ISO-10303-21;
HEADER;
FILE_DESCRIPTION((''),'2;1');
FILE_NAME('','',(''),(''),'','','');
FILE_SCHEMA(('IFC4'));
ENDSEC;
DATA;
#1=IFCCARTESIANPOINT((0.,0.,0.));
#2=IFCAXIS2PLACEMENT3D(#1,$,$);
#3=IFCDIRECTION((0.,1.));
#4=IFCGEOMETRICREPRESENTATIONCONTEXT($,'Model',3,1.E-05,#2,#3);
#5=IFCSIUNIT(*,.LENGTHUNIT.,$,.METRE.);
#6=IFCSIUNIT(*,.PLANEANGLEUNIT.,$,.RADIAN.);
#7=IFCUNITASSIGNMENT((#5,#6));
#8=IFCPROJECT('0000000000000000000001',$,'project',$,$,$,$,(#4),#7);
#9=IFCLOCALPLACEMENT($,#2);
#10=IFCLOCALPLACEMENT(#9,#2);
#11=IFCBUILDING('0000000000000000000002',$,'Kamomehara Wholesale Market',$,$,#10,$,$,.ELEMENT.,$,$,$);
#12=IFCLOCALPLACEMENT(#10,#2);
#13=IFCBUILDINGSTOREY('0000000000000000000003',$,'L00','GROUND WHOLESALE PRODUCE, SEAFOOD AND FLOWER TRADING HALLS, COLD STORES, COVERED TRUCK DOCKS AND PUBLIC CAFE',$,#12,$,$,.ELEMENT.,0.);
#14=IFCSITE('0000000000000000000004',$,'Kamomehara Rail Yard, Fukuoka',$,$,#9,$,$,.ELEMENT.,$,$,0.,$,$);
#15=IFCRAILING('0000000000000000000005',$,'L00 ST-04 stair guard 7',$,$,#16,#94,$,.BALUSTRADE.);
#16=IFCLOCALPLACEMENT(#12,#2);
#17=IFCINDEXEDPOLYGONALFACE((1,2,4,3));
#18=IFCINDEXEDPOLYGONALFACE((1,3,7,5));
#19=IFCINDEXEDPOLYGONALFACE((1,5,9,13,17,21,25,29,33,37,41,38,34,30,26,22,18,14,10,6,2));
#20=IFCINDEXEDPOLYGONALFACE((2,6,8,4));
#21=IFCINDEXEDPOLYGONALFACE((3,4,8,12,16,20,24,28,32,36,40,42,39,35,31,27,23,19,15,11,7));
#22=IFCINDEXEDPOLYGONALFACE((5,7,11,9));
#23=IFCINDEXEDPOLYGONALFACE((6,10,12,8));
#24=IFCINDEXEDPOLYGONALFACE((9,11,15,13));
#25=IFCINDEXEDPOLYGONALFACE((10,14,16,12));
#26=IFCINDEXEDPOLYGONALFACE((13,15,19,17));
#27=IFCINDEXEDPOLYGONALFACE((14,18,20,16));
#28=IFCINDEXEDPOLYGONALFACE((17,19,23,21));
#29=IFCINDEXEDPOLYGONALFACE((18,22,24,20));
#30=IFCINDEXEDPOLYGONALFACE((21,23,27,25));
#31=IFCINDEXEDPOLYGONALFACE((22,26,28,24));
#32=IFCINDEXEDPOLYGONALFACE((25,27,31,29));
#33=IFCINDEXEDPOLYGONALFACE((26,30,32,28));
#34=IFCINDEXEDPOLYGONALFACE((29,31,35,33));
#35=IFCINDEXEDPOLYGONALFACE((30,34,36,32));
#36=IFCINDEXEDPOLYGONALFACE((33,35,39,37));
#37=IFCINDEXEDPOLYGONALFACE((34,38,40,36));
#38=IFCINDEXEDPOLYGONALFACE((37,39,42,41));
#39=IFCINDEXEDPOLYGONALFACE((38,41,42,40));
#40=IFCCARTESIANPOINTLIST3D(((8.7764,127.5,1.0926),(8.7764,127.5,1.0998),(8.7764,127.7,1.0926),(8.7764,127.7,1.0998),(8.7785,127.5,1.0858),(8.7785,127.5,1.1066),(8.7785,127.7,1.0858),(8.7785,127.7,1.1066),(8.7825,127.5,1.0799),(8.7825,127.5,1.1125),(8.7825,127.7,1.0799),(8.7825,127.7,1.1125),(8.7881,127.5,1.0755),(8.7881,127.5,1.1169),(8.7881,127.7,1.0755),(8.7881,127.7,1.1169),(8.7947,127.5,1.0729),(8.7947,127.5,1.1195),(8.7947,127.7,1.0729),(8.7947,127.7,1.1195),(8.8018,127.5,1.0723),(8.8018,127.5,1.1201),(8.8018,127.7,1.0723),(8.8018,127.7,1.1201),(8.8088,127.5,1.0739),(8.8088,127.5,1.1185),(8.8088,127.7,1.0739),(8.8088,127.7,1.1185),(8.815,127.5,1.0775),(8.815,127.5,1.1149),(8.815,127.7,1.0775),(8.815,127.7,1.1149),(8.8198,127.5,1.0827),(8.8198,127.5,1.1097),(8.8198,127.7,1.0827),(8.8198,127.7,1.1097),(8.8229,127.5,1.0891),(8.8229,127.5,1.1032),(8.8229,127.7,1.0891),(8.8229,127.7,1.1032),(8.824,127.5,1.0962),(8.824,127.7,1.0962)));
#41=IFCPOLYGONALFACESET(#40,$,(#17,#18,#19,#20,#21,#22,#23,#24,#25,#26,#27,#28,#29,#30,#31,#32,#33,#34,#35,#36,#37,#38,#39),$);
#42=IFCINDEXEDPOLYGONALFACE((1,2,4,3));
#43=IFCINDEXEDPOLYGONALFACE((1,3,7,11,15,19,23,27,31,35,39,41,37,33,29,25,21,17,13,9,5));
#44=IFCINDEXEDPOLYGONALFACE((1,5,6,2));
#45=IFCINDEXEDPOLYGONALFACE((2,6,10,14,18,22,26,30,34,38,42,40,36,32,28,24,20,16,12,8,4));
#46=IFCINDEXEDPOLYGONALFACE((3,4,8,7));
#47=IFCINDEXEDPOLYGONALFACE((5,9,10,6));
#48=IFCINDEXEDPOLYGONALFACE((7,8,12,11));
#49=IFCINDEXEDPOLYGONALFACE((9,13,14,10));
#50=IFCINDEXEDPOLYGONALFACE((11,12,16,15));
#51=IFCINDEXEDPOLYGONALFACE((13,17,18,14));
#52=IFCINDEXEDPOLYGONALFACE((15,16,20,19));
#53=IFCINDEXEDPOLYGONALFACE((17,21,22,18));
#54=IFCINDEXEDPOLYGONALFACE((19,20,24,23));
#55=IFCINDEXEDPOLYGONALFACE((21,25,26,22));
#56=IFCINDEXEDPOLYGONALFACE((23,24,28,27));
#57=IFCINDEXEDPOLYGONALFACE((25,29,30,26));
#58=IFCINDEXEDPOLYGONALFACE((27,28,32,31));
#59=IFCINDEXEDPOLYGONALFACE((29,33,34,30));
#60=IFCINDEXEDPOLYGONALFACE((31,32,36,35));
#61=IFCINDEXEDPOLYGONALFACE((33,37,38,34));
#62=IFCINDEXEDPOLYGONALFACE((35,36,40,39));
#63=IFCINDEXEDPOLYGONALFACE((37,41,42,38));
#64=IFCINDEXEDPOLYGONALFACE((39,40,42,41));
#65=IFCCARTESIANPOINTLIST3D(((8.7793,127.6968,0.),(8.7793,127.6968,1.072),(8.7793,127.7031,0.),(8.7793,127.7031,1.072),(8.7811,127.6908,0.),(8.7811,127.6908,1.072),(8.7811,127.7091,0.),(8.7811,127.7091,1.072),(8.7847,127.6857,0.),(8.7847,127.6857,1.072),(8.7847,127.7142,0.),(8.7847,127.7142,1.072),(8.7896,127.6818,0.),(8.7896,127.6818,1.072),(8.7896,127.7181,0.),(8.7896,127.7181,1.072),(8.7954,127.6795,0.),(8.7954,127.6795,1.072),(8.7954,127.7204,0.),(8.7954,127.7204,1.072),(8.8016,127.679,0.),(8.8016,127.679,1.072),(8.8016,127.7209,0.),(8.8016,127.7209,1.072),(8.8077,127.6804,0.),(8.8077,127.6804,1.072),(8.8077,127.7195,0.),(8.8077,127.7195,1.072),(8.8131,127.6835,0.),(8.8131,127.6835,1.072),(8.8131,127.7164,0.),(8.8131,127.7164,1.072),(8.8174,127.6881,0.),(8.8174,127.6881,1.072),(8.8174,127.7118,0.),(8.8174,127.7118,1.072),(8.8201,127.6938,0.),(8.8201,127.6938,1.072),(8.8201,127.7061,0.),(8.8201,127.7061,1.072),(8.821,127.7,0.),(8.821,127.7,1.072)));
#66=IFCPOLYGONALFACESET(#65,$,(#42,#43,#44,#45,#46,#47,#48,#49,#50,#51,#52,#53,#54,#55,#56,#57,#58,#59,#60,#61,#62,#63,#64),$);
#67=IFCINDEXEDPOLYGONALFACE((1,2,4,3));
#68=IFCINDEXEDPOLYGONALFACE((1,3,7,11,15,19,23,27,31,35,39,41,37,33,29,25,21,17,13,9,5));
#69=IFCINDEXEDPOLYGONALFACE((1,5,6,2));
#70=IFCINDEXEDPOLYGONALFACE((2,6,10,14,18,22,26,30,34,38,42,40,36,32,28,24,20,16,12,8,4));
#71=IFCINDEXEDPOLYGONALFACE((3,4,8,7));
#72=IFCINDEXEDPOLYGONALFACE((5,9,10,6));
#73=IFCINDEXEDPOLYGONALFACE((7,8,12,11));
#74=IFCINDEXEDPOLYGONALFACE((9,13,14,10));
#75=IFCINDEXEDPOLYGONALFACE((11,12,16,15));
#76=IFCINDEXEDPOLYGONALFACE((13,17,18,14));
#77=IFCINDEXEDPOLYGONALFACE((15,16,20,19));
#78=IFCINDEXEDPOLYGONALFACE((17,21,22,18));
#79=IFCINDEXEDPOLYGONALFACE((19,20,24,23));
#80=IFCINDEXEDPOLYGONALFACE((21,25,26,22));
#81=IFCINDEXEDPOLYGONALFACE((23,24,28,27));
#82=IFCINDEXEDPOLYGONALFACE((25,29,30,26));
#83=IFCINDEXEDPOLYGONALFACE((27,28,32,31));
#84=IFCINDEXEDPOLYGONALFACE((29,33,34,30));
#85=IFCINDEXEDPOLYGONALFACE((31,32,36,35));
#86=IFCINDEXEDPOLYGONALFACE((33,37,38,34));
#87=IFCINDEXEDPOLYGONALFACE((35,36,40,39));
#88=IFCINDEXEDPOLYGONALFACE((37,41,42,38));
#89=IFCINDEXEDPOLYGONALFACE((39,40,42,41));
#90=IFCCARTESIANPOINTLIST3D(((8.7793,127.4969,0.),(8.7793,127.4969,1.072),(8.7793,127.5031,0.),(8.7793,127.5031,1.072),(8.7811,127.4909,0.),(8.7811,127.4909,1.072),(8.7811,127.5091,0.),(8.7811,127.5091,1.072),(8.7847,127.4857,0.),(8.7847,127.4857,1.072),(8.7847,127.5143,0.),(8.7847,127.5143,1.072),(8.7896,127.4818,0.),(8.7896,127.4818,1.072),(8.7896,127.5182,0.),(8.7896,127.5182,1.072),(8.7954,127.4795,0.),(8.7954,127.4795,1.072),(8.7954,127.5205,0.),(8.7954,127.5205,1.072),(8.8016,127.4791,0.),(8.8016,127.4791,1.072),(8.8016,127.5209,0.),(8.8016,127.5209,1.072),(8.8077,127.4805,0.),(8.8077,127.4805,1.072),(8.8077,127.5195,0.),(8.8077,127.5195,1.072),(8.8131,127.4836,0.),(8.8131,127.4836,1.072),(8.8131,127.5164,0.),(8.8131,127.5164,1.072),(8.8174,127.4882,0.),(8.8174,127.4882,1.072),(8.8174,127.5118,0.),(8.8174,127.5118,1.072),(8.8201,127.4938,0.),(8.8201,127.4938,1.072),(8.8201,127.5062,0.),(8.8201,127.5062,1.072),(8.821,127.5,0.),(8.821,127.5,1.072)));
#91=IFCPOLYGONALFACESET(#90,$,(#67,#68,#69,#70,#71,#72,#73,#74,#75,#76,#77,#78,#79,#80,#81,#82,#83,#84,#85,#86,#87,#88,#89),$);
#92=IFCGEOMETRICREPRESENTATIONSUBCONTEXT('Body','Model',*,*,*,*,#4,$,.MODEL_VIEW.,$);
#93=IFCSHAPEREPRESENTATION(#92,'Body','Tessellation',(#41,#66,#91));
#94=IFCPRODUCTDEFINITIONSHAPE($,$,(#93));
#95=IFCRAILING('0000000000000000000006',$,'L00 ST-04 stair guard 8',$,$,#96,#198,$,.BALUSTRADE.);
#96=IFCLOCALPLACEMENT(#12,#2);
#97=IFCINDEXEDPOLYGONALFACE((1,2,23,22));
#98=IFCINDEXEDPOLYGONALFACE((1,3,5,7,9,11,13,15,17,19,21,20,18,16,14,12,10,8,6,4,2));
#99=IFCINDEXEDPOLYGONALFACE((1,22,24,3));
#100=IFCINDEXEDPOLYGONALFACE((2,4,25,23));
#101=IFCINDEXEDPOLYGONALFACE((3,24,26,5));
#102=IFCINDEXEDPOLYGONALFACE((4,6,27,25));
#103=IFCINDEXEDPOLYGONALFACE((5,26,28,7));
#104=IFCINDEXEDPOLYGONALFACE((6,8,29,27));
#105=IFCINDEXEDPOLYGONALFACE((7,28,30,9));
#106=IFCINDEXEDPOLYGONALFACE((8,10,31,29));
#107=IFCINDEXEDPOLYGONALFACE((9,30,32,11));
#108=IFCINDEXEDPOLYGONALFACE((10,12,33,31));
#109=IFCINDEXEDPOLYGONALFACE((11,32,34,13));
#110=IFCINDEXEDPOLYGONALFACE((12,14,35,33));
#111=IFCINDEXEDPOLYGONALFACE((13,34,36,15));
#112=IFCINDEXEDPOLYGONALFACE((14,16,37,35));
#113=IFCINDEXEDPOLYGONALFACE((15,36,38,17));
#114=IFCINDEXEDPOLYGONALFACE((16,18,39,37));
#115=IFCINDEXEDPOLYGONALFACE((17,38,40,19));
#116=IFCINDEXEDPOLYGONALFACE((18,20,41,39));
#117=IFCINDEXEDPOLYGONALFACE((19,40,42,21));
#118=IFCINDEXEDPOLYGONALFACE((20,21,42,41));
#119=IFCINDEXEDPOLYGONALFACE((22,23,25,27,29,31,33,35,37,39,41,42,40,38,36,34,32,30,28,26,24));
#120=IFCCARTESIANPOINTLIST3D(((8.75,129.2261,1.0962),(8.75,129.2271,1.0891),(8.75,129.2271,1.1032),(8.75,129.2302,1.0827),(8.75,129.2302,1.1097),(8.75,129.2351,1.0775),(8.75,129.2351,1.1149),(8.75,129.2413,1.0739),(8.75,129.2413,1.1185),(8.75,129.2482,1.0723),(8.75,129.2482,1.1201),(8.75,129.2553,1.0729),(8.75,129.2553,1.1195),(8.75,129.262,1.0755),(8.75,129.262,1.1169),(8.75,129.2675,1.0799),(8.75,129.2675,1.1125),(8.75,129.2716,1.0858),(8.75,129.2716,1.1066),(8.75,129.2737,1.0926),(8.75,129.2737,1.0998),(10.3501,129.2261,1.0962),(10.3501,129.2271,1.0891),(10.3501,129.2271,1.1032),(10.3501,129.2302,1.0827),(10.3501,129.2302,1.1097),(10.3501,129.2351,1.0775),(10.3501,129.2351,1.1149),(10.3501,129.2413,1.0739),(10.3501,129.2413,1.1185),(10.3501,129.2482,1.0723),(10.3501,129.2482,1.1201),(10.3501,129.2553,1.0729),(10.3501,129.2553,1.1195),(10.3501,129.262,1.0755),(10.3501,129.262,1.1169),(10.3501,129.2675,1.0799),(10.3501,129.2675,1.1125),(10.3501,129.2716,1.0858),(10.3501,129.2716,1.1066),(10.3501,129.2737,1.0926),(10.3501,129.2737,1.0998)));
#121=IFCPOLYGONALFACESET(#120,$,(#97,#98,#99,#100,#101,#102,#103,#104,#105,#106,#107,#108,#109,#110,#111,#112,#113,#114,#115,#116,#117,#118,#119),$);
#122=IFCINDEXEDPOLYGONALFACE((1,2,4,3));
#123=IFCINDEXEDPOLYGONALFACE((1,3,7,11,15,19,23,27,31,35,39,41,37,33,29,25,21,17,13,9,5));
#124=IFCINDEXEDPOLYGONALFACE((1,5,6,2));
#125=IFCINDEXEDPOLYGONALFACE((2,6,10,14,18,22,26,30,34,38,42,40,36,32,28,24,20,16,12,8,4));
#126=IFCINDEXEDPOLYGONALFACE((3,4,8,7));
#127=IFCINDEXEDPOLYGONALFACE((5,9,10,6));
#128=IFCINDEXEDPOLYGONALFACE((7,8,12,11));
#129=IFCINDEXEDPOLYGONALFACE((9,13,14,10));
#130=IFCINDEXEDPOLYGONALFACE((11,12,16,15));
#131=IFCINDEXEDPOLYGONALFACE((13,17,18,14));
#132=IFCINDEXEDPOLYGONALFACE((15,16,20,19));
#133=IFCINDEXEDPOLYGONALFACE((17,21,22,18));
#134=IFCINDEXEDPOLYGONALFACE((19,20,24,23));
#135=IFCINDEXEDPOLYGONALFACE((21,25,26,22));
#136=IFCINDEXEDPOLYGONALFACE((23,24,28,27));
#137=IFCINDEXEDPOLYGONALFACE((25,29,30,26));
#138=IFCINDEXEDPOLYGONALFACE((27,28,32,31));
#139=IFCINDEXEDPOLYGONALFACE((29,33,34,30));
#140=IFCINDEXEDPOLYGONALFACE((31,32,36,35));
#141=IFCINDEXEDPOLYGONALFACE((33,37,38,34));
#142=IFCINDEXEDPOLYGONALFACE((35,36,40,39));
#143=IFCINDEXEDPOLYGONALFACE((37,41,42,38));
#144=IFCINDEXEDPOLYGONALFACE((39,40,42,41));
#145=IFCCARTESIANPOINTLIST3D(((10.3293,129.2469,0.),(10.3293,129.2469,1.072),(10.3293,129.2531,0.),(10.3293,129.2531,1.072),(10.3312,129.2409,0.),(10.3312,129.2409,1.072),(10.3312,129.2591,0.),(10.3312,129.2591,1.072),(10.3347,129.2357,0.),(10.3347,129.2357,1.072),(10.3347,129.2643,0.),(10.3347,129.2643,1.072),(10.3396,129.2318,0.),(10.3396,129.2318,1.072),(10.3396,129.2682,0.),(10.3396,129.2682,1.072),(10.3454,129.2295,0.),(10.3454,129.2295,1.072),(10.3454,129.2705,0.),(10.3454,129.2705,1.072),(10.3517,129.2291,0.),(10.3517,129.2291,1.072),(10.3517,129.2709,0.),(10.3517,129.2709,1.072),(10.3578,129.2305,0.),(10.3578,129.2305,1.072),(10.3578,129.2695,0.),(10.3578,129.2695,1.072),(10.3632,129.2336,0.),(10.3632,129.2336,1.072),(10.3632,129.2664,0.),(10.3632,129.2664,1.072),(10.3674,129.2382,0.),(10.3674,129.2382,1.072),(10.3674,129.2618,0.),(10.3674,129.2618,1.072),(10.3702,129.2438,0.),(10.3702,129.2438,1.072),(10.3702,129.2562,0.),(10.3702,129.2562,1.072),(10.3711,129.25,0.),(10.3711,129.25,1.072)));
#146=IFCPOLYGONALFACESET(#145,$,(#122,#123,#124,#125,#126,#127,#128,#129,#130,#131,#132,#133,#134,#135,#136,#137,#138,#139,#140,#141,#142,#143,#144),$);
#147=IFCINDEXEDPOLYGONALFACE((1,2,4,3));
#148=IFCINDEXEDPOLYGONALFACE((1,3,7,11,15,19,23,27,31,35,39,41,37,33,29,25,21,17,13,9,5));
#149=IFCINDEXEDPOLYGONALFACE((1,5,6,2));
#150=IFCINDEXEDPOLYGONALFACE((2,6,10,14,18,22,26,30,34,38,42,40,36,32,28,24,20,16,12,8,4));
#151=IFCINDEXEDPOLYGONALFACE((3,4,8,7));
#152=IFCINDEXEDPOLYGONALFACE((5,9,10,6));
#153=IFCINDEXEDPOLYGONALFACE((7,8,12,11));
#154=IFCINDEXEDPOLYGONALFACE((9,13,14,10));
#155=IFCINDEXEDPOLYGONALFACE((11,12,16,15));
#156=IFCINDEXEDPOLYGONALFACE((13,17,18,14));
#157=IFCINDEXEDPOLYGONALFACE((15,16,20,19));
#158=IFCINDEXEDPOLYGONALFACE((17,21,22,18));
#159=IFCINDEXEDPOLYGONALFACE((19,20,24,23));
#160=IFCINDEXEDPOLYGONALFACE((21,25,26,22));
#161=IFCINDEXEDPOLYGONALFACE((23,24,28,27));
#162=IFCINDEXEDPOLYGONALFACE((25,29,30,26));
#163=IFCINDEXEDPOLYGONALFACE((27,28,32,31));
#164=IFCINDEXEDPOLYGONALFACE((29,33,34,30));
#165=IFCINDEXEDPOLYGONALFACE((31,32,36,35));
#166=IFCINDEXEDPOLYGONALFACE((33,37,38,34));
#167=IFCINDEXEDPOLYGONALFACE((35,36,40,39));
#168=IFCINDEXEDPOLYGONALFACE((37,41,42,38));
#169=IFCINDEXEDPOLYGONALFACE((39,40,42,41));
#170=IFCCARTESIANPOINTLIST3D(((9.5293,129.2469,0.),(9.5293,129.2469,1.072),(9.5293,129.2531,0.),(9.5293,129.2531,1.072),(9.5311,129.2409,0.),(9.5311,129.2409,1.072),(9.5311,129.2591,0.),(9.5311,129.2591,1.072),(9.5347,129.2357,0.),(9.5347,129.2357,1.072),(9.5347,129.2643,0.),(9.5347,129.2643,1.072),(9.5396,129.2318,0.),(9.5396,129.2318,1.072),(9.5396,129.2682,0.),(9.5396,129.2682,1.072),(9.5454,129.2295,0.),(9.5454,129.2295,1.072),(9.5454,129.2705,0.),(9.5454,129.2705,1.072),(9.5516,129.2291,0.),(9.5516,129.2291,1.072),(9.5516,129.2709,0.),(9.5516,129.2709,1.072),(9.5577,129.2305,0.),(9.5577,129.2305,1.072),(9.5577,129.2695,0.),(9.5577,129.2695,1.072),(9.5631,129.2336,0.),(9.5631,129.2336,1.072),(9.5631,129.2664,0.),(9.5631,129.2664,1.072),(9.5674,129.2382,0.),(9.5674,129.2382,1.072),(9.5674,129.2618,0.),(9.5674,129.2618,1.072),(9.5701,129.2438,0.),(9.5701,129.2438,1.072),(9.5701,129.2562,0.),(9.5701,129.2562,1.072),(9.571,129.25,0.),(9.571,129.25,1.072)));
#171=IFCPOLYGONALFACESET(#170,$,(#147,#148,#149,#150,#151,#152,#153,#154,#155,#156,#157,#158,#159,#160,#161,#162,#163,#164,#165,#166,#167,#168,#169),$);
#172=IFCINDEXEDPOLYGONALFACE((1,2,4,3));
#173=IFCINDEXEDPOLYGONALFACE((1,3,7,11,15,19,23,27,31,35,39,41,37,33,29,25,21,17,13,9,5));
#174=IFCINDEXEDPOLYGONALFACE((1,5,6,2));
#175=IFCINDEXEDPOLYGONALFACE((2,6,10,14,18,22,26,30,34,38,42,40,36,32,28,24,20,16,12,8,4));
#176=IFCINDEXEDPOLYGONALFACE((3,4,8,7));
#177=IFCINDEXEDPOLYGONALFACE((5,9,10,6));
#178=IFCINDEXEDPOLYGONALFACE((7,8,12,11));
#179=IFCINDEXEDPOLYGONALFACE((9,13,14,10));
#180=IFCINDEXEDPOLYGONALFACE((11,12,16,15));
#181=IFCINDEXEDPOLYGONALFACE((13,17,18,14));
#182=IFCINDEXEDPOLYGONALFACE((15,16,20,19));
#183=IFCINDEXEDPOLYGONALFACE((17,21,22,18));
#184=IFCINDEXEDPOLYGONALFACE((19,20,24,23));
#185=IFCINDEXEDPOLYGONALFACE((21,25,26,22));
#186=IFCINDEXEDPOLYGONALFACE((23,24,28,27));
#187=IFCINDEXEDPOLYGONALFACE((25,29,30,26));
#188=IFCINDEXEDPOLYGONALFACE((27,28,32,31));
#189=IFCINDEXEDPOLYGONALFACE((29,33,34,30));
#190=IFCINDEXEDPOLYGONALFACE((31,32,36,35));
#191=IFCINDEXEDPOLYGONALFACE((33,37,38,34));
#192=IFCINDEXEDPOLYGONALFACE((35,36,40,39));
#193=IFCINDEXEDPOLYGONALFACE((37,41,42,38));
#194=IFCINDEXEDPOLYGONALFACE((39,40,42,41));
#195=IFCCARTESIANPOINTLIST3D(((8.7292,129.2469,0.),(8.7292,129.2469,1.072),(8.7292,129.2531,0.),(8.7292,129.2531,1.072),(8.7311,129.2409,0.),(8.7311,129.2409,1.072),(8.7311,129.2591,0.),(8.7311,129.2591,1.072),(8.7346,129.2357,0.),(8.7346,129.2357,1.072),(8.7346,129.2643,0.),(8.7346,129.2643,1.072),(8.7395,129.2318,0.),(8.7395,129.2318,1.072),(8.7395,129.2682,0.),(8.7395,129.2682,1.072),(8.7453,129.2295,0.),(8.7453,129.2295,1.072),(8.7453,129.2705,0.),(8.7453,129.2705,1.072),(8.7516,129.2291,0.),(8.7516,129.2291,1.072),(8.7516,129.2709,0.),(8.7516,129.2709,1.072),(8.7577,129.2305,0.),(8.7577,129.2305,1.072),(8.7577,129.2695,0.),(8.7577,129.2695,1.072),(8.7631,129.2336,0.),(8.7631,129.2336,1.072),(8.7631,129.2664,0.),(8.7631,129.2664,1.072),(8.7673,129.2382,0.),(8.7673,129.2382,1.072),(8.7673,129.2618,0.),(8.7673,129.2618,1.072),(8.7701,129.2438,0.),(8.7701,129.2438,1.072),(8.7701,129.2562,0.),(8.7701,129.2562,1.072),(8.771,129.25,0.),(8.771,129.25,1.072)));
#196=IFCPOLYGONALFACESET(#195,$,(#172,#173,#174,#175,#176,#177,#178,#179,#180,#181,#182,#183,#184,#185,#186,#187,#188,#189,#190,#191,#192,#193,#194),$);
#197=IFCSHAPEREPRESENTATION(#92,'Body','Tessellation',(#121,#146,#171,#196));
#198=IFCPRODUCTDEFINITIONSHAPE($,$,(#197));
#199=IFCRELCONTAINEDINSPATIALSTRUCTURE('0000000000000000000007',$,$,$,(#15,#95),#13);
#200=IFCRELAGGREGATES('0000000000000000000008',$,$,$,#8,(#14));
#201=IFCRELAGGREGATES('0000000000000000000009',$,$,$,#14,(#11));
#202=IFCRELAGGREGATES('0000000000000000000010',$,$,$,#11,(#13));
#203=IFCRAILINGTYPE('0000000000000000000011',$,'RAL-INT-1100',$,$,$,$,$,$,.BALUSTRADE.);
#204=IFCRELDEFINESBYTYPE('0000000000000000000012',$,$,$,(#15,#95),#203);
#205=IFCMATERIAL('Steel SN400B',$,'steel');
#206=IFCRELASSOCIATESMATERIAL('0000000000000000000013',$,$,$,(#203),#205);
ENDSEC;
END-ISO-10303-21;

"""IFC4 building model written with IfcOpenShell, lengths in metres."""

from ifc_helpers import new_model, si_unit, direction, frame, origin, origin_2d, place, context, subcontext, project, spatial, circle, extrude, material, type_object, element, save


model = new_model("IFC4")

# Units and contexts
model_context = context("Model", 3, precision=1e-05, world=origin(), true_north=direction((0.0, 1.0)))
body_context = subcontext(model_context, "Body", "Model", "MODEL_VIEW")
ifc_project = project(units=[si_unit("LENGTHUNIT", "METRE"), si_unit("PLANEANGLEUNIT", "RADIAN")], contexts=[model_context])

# Site, building, storey
site_placement = place(None, origin())
site = spatial("IfcSite", under=ifc_project, at=site_placement, Name="Kamomehara Rail Yard, Fukuoka", CompositionType="ELEMENT", RefElevation=0.0)
building_placement = place(site_placement, origin())
building = spatial("IfcBuilding", under=site, at=building_placement, Name="Kamomehara Wholesale Market", CompositionType="ELEMENT")
storey_placement = place(building_placement, origin())
storey = spatial("IfcBuildingStorey", under=building, at=storey_placement, Name="L00", Description="GROUND WHOLESALE PRODUCE, SEAFOOD AND FLOWER TRADING HALLS, COLD STORES, COVERED TRUCK DOCKS AND PUBLIC CAFE", CompositionType="ELEMENT", Elevation=0.0)

# Railings
ifc_material_1 = material(Name="Steel SN400B", Category="steel")
railing_type_1 = type_object("IfcRailingType", Name="RAL-INT-1100", PredefinedType="BALUSTRADE", material=ifc_material_1)
railing_1_placement = place(storey_placement, frame((8.8, 127.7, 0.0)))
element("IfcRailing", 1, at=railing_1_placement, inside=storey, type_object=railing_type_1, Name="L00 ST-04 stair guard 7", PredefinedType="BALUSTRADE", context=body_context, shape_type="SweptSolid", body=[
    extrude(circle(Radius=0.0239, at=origin_2d()), frame((0.0, 0.0, 1.0962), z_axis=(0.0, -1.0, 0.0), x_axis=(1.0, 0.0, 0.0)), (0.0, 0.0, 1.0), 0.2),
    extrude(circle(Radius=0.021, at=origin_2d()), origin(), (0.0, 0.0, 1.0), 1.072),
    extrude(circle(Radius=0.021, at=origin_2d()), frame((0.0, -0.2, 0.0)), (0.0, 0.0, 1.0), 1.072),
])
for number, where, name in (
    (2, (10.3501, 129.25, 0.0), "L00 ST-04 stair guard 8"),
):
    element("IfcRailing", number, at=place(storey_placement, frame(where)), inside=storey, type_object=railing_type_1, Name=name, PredefinedType="BALUSTRADE", context=body_context, shape_type="SweptSolid", body=[
        extrude(circle(Radius=0.0239, at=origin_2d()), frame((0.0, 0.0, 1.0962), z_axis=(-1.0, 0.0, 0.0), x_axis=(0.0, -1.0, 0.0)), (0.0, 0.0, 1.0), 1.6001),
        extrude(circle(Radius=0.021, at=origin_2d()), origin(), (0.0, 0.0, 1.0), 1.072),
        extrude(circle(Radius=0.021, at=origin_2d()), frame((-0.8, 0.0, 0.0)), (0.0, 0.0, 1.0), 1.072),
        extrude(circle(Radius=0.021, at=origin_2d()), frame((-1.6001, 0.0, 0.0)), (0.0, 0.0, 1.0), 1.072),
    ])

save(model, "model.ifc")
